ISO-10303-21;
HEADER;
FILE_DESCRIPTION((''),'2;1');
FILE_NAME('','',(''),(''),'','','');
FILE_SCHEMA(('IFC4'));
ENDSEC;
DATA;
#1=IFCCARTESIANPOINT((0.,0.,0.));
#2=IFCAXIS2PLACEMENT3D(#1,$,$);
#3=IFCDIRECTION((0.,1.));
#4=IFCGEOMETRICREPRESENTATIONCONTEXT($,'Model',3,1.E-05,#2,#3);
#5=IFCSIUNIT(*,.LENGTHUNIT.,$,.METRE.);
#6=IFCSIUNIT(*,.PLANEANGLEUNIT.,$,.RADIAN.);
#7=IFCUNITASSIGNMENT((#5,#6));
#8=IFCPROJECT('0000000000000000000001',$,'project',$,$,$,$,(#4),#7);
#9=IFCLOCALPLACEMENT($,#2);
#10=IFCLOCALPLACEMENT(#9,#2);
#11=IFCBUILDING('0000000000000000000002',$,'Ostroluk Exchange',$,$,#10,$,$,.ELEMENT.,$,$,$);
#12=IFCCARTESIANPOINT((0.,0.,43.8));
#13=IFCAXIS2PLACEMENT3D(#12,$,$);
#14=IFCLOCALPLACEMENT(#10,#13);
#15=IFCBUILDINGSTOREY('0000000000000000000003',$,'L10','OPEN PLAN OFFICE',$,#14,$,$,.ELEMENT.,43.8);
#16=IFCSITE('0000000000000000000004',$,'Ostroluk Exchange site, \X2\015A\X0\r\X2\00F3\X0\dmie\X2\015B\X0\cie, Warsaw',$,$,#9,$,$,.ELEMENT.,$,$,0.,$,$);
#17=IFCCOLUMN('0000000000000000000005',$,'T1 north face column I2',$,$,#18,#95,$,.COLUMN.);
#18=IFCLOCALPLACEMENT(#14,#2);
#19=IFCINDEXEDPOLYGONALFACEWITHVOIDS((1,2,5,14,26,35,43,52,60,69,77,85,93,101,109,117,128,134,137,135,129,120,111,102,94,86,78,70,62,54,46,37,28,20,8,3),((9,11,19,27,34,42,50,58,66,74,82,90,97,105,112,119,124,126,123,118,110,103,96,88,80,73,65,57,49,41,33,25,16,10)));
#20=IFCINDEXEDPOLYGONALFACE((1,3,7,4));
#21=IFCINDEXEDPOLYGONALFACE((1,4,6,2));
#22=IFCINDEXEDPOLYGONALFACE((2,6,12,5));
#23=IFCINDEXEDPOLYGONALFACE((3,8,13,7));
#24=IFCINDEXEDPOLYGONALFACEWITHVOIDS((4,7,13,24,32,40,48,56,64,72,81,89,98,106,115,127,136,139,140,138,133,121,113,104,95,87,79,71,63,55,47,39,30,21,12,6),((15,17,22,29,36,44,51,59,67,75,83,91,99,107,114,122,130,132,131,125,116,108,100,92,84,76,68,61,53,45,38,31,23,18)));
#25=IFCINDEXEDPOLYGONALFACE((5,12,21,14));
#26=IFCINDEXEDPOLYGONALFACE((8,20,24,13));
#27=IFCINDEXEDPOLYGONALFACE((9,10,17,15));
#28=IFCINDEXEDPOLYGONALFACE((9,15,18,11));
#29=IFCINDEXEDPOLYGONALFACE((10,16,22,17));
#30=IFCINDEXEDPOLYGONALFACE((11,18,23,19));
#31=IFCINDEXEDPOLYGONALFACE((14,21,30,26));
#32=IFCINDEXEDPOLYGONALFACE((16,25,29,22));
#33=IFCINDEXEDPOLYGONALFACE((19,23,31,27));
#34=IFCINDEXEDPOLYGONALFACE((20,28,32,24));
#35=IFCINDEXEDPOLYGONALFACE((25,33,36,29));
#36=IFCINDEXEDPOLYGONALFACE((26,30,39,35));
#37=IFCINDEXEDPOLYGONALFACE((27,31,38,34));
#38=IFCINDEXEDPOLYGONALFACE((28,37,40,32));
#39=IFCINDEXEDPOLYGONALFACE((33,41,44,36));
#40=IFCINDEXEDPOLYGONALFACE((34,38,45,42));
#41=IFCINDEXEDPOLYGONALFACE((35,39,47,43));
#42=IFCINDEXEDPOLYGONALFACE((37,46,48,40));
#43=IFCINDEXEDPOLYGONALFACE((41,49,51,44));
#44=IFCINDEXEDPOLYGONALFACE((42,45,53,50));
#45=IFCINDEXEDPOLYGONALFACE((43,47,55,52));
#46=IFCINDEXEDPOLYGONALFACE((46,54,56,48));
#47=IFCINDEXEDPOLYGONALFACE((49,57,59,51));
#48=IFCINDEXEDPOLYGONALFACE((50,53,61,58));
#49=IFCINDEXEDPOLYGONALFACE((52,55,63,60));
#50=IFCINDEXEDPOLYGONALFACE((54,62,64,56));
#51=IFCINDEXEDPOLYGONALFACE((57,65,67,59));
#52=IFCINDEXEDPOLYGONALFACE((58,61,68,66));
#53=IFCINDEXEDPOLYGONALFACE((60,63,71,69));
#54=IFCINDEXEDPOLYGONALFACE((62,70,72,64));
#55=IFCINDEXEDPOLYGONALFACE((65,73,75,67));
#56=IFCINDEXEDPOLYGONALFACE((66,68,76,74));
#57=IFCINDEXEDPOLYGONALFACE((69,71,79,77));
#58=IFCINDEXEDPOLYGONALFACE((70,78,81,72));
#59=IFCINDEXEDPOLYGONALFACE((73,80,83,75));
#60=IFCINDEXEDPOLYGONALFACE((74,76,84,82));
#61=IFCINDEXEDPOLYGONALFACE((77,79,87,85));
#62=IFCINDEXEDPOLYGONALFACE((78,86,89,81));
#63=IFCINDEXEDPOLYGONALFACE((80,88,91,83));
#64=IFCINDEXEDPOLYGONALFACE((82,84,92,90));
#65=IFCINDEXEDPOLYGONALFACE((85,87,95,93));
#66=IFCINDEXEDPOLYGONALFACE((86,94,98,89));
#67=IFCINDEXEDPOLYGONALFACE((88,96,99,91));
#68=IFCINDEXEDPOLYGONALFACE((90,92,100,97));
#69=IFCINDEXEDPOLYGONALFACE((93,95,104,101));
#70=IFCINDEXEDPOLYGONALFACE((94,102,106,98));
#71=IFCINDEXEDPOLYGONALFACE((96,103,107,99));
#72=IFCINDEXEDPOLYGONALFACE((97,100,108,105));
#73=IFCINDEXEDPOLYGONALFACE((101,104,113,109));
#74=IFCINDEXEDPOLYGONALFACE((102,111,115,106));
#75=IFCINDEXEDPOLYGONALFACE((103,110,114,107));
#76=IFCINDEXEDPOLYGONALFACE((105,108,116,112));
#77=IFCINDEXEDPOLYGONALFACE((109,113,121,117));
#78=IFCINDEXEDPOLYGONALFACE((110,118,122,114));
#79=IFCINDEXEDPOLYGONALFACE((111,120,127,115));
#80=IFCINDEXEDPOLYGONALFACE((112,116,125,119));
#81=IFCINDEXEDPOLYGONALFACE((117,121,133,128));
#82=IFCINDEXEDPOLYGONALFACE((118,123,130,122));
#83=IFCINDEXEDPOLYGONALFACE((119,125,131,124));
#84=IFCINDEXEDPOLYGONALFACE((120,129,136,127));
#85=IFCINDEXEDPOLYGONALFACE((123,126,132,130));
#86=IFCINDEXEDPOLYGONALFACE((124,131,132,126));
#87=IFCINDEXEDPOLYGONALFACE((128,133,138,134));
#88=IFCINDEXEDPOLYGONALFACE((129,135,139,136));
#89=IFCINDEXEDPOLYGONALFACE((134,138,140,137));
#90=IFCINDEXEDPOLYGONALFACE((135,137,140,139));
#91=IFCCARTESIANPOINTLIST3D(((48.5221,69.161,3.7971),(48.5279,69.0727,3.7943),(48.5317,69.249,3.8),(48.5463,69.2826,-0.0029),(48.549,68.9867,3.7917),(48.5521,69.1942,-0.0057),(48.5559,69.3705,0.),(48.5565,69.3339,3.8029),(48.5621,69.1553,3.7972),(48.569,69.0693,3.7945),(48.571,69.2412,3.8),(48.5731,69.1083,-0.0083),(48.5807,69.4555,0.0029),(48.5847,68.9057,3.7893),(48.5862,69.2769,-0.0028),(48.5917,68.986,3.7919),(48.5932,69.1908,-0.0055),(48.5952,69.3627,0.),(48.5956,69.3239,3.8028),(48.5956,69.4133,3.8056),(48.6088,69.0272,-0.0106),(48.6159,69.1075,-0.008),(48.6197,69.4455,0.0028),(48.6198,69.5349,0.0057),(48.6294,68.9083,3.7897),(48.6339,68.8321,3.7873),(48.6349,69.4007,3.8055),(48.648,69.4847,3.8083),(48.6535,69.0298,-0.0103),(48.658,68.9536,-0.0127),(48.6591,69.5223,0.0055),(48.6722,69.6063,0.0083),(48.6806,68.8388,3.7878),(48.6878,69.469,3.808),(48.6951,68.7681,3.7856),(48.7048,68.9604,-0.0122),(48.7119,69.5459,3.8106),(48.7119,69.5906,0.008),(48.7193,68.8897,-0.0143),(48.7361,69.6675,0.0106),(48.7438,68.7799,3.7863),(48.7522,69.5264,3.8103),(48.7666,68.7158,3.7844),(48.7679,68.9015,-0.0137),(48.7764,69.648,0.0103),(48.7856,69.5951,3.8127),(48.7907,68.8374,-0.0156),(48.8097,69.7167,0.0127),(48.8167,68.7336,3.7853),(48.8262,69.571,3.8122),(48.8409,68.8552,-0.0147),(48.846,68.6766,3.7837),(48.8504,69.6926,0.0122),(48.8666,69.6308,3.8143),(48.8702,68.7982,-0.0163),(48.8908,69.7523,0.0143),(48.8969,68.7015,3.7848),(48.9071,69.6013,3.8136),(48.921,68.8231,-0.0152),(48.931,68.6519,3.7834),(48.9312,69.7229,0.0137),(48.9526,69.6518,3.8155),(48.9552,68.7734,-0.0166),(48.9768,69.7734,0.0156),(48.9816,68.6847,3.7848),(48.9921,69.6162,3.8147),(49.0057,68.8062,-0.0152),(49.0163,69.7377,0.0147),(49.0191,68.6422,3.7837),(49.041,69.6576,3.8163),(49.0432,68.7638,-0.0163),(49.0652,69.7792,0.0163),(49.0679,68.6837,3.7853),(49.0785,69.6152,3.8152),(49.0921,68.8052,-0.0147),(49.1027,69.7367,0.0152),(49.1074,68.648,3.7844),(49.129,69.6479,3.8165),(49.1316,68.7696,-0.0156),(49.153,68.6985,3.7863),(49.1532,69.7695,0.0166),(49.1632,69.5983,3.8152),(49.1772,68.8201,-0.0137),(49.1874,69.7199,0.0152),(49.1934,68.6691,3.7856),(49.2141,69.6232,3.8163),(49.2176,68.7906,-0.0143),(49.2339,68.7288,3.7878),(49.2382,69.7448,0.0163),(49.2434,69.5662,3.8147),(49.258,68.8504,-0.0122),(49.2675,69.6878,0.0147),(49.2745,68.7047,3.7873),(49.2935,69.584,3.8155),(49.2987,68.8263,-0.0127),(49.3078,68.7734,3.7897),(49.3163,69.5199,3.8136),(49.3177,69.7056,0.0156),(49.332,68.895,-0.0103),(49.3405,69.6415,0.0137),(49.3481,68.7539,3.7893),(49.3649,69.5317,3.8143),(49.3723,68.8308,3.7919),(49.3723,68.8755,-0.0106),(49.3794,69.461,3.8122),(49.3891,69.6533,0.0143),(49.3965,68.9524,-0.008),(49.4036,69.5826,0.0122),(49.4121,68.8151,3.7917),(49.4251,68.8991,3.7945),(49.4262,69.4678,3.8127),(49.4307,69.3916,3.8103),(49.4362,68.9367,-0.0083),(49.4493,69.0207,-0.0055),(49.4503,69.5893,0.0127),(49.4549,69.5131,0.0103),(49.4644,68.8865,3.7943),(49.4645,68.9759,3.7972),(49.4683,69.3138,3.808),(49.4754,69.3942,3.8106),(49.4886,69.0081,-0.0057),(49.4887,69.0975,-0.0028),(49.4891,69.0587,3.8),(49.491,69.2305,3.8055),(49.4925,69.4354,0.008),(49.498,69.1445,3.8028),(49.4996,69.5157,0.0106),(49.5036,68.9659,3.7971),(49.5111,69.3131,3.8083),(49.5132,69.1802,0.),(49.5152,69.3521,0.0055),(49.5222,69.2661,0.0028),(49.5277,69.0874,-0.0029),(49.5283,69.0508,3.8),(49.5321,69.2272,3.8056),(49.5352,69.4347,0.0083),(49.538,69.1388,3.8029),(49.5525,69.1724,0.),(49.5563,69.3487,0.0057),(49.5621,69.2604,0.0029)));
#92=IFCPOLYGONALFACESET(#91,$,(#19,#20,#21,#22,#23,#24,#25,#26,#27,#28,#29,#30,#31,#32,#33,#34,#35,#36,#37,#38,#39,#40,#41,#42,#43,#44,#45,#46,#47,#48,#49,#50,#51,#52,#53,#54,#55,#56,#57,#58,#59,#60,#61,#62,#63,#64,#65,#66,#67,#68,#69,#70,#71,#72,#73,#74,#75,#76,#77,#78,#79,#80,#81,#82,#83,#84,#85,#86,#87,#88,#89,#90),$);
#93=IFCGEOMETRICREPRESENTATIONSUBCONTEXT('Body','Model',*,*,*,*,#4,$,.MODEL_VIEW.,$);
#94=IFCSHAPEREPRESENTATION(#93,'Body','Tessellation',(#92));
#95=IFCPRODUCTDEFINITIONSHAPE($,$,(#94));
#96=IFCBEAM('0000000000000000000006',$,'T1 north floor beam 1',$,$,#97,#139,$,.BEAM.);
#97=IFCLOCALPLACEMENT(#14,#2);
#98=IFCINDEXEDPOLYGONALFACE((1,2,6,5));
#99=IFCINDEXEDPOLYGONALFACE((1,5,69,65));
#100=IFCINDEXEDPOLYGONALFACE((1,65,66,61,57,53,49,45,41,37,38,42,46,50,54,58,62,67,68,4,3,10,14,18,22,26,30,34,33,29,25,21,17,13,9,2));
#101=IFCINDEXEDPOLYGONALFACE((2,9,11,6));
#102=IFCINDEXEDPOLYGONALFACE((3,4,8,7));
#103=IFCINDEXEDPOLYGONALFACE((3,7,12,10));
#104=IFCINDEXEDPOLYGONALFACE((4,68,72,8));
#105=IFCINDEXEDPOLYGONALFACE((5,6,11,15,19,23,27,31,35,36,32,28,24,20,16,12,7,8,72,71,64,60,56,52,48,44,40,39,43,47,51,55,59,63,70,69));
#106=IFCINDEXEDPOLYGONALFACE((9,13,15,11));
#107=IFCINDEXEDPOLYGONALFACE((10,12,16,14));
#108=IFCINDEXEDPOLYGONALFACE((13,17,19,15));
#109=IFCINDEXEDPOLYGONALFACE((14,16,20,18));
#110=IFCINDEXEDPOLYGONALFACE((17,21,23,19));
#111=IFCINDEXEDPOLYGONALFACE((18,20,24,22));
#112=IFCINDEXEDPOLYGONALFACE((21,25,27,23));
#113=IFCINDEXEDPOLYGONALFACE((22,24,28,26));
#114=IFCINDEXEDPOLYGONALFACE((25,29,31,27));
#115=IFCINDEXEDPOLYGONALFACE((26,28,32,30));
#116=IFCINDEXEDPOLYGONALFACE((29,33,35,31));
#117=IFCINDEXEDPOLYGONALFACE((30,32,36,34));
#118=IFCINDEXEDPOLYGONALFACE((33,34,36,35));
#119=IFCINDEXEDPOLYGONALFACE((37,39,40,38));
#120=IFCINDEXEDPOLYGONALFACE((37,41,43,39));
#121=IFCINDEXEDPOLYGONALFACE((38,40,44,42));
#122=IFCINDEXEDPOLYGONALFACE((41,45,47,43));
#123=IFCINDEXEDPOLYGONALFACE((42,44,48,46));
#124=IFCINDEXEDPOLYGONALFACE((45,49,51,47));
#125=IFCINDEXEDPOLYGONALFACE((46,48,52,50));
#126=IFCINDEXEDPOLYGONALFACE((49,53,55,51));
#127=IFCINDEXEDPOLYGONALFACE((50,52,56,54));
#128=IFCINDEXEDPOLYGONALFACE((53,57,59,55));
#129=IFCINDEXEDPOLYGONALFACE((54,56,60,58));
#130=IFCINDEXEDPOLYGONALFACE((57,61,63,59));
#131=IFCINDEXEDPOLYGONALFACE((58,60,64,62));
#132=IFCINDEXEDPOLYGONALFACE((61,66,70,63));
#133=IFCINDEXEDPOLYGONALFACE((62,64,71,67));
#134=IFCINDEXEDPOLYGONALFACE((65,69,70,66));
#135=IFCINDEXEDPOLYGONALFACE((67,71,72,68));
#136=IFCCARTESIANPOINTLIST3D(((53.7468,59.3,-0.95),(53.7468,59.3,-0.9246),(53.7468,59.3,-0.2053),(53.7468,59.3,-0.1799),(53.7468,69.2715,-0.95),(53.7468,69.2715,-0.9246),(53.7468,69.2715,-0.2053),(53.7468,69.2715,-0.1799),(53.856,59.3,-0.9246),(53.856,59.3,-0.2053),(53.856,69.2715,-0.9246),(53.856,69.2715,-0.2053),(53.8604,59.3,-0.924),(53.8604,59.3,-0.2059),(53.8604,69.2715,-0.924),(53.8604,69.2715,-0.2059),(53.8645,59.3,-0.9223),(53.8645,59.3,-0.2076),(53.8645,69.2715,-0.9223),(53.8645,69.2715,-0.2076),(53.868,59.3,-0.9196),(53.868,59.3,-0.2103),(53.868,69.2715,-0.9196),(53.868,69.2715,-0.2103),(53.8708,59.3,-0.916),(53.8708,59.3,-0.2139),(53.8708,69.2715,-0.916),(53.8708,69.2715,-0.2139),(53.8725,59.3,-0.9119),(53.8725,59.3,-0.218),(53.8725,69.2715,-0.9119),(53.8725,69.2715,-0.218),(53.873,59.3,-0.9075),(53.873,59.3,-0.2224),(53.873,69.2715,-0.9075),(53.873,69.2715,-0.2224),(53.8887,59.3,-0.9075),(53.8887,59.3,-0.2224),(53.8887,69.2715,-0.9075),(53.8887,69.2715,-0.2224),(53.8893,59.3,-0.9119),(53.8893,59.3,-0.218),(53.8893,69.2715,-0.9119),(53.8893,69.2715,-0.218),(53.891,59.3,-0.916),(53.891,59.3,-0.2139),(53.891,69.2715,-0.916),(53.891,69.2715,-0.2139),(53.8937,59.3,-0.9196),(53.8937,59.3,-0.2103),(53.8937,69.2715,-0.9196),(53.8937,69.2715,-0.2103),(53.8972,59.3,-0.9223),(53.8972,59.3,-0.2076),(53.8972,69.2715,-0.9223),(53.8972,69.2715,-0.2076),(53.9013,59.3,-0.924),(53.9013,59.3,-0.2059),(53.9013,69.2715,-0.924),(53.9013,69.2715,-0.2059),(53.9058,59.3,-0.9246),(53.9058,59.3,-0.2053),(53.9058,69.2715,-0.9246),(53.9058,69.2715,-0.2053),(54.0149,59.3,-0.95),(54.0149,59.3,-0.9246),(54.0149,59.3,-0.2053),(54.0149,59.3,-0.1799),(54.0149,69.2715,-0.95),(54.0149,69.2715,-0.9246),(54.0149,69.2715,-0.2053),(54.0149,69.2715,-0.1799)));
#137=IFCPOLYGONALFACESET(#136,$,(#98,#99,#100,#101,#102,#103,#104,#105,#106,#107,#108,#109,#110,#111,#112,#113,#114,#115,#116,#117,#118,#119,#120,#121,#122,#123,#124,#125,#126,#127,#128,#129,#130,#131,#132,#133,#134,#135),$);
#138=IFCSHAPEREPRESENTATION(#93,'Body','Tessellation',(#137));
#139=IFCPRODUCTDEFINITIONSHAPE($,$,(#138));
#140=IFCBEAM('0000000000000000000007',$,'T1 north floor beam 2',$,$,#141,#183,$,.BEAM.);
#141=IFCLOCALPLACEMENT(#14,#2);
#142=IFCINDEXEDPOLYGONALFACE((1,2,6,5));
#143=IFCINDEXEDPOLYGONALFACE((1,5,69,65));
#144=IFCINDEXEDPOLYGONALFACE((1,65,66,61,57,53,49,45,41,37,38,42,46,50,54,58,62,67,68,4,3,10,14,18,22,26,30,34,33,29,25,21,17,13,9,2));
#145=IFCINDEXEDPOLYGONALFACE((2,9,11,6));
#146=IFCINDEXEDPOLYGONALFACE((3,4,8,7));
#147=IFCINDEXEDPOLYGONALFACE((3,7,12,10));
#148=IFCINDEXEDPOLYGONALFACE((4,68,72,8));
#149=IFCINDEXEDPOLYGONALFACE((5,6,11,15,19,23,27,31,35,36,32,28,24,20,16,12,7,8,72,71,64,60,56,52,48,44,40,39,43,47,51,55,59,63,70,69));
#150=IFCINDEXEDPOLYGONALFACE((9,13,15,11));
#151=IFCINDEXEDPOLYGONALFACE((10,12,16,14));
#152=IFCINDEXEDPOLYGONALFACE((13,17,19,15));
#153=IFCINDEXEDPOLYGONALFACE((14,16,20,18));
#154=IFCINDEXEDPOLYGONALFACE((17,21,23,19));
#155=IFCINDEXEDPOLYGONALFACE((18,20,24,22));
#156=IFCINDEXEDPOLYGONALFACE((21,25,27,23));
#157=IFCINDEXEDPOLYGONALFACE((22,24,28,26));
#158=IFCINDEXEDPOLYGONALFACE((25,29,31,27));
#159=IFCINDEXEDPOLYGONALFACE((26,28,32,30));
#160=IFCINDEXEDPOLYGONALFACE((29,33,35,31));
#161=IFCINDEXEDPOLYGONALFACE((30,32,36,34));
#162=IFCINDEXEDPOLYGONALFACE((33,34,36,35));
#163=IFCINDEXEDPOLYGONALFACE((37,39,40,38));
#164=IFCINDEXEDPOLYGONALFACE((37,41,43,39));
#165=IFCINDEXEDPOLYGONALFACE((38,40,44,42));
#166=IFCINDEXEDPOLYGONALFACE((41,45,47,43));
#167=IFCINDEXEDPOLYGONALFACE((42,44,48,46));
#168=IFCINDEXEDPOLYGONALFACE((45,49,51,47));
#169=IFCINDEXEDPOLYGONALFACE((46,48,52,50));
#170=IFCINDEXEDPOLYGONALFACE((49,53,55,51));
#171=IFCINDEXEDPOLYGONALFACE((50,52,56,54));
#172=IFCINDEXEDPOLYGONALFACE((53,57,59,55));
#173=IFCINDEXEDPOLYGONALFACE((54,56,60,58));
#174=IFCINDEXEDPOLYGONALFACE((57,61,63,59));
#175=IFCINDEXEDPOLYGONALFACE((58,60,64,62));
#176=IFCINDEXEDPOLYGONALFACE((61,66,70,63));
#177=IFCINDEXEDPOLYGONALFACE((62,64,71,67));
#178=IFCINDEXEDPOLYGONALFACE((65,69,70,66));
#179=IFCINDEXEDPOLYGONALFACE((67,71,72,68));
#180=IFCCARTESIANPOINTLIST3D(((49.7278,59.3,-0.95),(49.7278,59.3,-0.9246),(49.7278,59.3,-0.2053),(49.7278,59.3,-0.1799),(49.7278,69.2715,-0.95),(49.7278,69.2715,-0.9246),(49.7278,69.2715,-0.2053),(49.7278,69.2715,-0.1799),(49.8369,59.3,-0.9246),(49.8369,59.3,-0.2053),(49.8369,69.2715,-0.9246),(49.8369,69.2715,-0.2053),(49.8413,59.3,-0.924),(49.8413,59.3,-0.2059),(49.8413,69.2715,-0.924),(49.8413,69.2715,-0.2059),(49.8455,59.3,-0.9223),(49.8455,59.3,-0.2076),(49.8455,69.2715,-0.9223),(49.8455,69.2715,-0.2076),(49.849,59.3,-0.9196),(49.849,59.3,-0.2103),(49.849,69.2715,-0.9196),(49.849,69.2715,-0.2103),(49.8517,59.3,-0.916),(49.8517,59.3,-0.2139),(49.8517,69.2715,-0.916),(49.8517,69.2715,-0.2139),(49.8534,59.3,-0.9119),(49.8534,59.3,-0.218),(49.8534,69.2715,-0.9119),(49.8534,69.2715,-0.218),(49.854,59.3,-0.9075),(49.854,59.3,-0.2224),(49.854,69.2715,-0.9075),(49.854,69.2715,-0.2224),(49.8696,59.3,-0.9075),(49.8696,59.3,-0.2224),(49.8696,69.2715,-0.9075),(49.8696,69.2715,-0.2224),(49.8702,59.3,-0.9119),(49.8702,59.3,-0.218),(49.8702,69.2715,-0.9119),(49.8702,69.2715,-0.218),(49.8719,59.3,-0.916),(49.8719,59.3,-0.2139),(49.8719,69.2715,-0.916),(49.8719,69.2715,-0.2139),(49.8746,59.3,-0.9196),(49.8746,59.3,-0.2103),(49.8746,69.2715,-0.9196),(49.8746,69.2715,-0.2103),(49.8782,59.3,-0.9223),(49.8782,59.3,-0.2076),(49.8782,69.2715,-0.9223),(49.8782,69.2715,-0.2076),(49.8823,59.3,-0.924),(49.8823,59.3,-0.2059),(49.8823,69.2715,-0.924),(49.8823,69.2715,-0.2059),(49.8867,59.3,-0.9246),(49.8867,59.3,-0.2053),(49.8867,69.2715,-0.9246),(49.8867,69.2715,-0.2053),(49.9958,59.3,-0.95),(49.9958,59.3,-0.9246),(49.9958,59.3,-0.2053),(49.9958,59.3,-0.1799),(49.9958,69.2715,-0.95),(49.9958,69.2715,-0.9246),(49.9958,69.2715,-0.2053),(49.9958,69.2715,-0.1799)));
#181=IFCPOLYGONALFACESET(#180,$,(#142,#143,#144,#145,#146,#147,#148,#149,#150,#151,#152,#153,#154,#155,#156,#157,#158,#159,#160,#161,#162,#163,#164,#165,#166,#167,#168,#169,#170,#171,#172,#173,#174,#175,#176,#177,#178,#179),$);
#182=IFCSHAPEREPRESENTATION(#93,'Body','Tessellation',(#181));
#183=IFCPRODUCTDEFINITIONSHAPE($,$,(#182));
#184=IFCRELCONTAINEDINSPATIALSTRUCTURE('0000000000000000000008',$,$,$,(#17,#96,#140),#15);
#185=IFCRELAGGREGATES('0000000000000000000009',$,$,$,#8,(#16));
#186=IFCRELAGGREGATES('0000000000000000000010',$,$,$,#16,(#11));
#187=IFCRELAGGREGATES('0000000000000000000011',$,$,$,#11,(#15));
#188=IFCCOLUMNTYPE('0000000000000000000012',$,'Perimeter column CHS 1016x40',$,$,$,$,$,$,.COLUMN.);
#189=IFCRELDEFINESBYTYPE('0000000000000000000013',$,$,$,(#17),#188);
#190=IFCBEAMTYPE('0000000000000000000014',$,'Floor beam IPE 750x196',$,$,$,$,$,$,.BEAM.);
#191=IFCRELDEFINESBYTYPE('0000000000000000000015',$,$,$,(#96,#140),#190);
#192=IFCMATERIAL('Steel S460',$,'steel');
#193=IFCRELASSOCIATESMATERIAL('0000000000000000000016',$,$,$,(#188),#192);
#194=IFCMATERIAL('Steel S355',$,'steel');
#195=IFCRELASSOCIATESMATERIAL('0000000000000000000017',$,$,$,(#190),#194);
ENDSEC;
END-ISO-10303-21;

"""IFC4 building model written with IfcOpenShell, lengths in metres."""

from ifc_helpers import new_model, si_unit, direction, frame, origin, origin_2d, place, context, subcontext, project, spatial, hollow_circle, i_section, extrude, material, material_profile, profile_set, type_object, element, save


model = new_model("IFC4")

# Units and contexts
model_context = context("Model", 3, precision=1e-05, world=origin(), true_north=direction((0.0, 1.0)))
body_context = subcontext(model_context, "Body", "Model", "MODEL_VIEW")
ifc_project = project(units=[si_unit("LENGTHUNIT", "METRE"), si_unit("PLANEANGLEUNIT", "RADIAN")], contexts=[model_context])

# Site, building, storey
site_placement = place(None, origin())
site = spatial("IfcSite", under=ifc_project, at=site_placement, Name="Ostroluk Exchange site, Śródmieście, Warsaw", CompositionType="ELEMENT", RefElevation=0.0)
building_placement = place(site_placement, origin())
building = spatial("IfcBuilding", under=site, at=building_placement, Name="Ostroluk Exchange", CompositionType="ELEMENT")
storey_placement = place(building_placement, frame((0.0, 0.0, 43.8)))
storey = spatial("IfcBuildingStorey", under=building, at=storey_placement, Name="L10", Description="OPEN PLAN OFFICE", CompositionType="ELEMENT", Elevation=43.8)

# Column
ifc_material_1 = material(Name="Steel S460", Category="steel")
ifc_material_profile_1 = material_profile(ifc_material_1, hollow_circle(Radius=0.5081, WallThickness=0.04, at=origin_2d()), Name="CHS 1016x40")
ifc_profile_set_1 = profile_set([ifc_material_profile_1], Name="Steel S460")
column_type = type_object("IfcColumnType", Name="Perimeter column CHS 1016x40", PredefinedType="COLUMN", material=ifc_profile_set_1)
column_placement = place(storey_placement, frame((49.0542, 69.2715, 0.0), z_axis=(-0.006357, -0.031978, 0.999468), x_axis=(0.980807, -0.19498, 0.0)))
element("IfcColumn", 1, at=column_placement, inside=storey, type_object=column_type, Name="T1 north face column I2", PredefinedType="COLUMN", context=body_context, shape_type="SweptSolid", body=[
    extrude(hollow_circle(Radius=0.5081, WallThickness=0.04, at=origin_2d()), origin(), (0.0, 0.0, 1.0), 3.802),
])

# Beams
ifc_material_2 = material(Name="Steel S355", Category="steel")
ifc_material_profile_2 = material_profile(ifc_material_2, i_section(OverallWidth=0.2681, OverallDepth=0.77, WebThickness=0.0156, FlangeThickness=0.0254, FilletRadius=0.0171, at=origin_2d()), Name="IPE 750x196")
ifc_profile_set_2 = profile_set([ifc_material_profile_2], Name="Steel S355")
beam_type_1 = type_object("IfcBeamType", Name="Floor beam IPE 750x196", PredefinedType="BEAM", material=ifc_profile_set_2)
for number, where, z_axis, x_axis, name in (
    (2, (53.8809, 59.3, -0.5649), (0.0, 1.0, 0.0), (-1.0, 0.0, 0.0), "T1 north floor beam 1"),
    (3, (49.8618, 59.3, -0.5649), (0.0, 1.0, 0.0), (-1.0, 0.0, 0.0), "T1 north floor beam 2"),
):
    element("IfcBeam", number, at=place(storey_placement, frame(where, z_axis=z_axis, x_axis=x_axis)), inside=storey, type_object=beam_type_1, Name=name, PredefinedType="BEAM", context=body_context, shape_type="SweptSolid", body=[
        extrude(i_section(OverallWidth=0.2681, OverallDepth=0.77, WebThickness=0.0156, FlangeThickness=0.0254, FilletRadius=0.0171, at=origin_2d()), origin(), (0.0, 0.0, 1.0), 9.9714),
    ])

save(model, "model.ifc")
